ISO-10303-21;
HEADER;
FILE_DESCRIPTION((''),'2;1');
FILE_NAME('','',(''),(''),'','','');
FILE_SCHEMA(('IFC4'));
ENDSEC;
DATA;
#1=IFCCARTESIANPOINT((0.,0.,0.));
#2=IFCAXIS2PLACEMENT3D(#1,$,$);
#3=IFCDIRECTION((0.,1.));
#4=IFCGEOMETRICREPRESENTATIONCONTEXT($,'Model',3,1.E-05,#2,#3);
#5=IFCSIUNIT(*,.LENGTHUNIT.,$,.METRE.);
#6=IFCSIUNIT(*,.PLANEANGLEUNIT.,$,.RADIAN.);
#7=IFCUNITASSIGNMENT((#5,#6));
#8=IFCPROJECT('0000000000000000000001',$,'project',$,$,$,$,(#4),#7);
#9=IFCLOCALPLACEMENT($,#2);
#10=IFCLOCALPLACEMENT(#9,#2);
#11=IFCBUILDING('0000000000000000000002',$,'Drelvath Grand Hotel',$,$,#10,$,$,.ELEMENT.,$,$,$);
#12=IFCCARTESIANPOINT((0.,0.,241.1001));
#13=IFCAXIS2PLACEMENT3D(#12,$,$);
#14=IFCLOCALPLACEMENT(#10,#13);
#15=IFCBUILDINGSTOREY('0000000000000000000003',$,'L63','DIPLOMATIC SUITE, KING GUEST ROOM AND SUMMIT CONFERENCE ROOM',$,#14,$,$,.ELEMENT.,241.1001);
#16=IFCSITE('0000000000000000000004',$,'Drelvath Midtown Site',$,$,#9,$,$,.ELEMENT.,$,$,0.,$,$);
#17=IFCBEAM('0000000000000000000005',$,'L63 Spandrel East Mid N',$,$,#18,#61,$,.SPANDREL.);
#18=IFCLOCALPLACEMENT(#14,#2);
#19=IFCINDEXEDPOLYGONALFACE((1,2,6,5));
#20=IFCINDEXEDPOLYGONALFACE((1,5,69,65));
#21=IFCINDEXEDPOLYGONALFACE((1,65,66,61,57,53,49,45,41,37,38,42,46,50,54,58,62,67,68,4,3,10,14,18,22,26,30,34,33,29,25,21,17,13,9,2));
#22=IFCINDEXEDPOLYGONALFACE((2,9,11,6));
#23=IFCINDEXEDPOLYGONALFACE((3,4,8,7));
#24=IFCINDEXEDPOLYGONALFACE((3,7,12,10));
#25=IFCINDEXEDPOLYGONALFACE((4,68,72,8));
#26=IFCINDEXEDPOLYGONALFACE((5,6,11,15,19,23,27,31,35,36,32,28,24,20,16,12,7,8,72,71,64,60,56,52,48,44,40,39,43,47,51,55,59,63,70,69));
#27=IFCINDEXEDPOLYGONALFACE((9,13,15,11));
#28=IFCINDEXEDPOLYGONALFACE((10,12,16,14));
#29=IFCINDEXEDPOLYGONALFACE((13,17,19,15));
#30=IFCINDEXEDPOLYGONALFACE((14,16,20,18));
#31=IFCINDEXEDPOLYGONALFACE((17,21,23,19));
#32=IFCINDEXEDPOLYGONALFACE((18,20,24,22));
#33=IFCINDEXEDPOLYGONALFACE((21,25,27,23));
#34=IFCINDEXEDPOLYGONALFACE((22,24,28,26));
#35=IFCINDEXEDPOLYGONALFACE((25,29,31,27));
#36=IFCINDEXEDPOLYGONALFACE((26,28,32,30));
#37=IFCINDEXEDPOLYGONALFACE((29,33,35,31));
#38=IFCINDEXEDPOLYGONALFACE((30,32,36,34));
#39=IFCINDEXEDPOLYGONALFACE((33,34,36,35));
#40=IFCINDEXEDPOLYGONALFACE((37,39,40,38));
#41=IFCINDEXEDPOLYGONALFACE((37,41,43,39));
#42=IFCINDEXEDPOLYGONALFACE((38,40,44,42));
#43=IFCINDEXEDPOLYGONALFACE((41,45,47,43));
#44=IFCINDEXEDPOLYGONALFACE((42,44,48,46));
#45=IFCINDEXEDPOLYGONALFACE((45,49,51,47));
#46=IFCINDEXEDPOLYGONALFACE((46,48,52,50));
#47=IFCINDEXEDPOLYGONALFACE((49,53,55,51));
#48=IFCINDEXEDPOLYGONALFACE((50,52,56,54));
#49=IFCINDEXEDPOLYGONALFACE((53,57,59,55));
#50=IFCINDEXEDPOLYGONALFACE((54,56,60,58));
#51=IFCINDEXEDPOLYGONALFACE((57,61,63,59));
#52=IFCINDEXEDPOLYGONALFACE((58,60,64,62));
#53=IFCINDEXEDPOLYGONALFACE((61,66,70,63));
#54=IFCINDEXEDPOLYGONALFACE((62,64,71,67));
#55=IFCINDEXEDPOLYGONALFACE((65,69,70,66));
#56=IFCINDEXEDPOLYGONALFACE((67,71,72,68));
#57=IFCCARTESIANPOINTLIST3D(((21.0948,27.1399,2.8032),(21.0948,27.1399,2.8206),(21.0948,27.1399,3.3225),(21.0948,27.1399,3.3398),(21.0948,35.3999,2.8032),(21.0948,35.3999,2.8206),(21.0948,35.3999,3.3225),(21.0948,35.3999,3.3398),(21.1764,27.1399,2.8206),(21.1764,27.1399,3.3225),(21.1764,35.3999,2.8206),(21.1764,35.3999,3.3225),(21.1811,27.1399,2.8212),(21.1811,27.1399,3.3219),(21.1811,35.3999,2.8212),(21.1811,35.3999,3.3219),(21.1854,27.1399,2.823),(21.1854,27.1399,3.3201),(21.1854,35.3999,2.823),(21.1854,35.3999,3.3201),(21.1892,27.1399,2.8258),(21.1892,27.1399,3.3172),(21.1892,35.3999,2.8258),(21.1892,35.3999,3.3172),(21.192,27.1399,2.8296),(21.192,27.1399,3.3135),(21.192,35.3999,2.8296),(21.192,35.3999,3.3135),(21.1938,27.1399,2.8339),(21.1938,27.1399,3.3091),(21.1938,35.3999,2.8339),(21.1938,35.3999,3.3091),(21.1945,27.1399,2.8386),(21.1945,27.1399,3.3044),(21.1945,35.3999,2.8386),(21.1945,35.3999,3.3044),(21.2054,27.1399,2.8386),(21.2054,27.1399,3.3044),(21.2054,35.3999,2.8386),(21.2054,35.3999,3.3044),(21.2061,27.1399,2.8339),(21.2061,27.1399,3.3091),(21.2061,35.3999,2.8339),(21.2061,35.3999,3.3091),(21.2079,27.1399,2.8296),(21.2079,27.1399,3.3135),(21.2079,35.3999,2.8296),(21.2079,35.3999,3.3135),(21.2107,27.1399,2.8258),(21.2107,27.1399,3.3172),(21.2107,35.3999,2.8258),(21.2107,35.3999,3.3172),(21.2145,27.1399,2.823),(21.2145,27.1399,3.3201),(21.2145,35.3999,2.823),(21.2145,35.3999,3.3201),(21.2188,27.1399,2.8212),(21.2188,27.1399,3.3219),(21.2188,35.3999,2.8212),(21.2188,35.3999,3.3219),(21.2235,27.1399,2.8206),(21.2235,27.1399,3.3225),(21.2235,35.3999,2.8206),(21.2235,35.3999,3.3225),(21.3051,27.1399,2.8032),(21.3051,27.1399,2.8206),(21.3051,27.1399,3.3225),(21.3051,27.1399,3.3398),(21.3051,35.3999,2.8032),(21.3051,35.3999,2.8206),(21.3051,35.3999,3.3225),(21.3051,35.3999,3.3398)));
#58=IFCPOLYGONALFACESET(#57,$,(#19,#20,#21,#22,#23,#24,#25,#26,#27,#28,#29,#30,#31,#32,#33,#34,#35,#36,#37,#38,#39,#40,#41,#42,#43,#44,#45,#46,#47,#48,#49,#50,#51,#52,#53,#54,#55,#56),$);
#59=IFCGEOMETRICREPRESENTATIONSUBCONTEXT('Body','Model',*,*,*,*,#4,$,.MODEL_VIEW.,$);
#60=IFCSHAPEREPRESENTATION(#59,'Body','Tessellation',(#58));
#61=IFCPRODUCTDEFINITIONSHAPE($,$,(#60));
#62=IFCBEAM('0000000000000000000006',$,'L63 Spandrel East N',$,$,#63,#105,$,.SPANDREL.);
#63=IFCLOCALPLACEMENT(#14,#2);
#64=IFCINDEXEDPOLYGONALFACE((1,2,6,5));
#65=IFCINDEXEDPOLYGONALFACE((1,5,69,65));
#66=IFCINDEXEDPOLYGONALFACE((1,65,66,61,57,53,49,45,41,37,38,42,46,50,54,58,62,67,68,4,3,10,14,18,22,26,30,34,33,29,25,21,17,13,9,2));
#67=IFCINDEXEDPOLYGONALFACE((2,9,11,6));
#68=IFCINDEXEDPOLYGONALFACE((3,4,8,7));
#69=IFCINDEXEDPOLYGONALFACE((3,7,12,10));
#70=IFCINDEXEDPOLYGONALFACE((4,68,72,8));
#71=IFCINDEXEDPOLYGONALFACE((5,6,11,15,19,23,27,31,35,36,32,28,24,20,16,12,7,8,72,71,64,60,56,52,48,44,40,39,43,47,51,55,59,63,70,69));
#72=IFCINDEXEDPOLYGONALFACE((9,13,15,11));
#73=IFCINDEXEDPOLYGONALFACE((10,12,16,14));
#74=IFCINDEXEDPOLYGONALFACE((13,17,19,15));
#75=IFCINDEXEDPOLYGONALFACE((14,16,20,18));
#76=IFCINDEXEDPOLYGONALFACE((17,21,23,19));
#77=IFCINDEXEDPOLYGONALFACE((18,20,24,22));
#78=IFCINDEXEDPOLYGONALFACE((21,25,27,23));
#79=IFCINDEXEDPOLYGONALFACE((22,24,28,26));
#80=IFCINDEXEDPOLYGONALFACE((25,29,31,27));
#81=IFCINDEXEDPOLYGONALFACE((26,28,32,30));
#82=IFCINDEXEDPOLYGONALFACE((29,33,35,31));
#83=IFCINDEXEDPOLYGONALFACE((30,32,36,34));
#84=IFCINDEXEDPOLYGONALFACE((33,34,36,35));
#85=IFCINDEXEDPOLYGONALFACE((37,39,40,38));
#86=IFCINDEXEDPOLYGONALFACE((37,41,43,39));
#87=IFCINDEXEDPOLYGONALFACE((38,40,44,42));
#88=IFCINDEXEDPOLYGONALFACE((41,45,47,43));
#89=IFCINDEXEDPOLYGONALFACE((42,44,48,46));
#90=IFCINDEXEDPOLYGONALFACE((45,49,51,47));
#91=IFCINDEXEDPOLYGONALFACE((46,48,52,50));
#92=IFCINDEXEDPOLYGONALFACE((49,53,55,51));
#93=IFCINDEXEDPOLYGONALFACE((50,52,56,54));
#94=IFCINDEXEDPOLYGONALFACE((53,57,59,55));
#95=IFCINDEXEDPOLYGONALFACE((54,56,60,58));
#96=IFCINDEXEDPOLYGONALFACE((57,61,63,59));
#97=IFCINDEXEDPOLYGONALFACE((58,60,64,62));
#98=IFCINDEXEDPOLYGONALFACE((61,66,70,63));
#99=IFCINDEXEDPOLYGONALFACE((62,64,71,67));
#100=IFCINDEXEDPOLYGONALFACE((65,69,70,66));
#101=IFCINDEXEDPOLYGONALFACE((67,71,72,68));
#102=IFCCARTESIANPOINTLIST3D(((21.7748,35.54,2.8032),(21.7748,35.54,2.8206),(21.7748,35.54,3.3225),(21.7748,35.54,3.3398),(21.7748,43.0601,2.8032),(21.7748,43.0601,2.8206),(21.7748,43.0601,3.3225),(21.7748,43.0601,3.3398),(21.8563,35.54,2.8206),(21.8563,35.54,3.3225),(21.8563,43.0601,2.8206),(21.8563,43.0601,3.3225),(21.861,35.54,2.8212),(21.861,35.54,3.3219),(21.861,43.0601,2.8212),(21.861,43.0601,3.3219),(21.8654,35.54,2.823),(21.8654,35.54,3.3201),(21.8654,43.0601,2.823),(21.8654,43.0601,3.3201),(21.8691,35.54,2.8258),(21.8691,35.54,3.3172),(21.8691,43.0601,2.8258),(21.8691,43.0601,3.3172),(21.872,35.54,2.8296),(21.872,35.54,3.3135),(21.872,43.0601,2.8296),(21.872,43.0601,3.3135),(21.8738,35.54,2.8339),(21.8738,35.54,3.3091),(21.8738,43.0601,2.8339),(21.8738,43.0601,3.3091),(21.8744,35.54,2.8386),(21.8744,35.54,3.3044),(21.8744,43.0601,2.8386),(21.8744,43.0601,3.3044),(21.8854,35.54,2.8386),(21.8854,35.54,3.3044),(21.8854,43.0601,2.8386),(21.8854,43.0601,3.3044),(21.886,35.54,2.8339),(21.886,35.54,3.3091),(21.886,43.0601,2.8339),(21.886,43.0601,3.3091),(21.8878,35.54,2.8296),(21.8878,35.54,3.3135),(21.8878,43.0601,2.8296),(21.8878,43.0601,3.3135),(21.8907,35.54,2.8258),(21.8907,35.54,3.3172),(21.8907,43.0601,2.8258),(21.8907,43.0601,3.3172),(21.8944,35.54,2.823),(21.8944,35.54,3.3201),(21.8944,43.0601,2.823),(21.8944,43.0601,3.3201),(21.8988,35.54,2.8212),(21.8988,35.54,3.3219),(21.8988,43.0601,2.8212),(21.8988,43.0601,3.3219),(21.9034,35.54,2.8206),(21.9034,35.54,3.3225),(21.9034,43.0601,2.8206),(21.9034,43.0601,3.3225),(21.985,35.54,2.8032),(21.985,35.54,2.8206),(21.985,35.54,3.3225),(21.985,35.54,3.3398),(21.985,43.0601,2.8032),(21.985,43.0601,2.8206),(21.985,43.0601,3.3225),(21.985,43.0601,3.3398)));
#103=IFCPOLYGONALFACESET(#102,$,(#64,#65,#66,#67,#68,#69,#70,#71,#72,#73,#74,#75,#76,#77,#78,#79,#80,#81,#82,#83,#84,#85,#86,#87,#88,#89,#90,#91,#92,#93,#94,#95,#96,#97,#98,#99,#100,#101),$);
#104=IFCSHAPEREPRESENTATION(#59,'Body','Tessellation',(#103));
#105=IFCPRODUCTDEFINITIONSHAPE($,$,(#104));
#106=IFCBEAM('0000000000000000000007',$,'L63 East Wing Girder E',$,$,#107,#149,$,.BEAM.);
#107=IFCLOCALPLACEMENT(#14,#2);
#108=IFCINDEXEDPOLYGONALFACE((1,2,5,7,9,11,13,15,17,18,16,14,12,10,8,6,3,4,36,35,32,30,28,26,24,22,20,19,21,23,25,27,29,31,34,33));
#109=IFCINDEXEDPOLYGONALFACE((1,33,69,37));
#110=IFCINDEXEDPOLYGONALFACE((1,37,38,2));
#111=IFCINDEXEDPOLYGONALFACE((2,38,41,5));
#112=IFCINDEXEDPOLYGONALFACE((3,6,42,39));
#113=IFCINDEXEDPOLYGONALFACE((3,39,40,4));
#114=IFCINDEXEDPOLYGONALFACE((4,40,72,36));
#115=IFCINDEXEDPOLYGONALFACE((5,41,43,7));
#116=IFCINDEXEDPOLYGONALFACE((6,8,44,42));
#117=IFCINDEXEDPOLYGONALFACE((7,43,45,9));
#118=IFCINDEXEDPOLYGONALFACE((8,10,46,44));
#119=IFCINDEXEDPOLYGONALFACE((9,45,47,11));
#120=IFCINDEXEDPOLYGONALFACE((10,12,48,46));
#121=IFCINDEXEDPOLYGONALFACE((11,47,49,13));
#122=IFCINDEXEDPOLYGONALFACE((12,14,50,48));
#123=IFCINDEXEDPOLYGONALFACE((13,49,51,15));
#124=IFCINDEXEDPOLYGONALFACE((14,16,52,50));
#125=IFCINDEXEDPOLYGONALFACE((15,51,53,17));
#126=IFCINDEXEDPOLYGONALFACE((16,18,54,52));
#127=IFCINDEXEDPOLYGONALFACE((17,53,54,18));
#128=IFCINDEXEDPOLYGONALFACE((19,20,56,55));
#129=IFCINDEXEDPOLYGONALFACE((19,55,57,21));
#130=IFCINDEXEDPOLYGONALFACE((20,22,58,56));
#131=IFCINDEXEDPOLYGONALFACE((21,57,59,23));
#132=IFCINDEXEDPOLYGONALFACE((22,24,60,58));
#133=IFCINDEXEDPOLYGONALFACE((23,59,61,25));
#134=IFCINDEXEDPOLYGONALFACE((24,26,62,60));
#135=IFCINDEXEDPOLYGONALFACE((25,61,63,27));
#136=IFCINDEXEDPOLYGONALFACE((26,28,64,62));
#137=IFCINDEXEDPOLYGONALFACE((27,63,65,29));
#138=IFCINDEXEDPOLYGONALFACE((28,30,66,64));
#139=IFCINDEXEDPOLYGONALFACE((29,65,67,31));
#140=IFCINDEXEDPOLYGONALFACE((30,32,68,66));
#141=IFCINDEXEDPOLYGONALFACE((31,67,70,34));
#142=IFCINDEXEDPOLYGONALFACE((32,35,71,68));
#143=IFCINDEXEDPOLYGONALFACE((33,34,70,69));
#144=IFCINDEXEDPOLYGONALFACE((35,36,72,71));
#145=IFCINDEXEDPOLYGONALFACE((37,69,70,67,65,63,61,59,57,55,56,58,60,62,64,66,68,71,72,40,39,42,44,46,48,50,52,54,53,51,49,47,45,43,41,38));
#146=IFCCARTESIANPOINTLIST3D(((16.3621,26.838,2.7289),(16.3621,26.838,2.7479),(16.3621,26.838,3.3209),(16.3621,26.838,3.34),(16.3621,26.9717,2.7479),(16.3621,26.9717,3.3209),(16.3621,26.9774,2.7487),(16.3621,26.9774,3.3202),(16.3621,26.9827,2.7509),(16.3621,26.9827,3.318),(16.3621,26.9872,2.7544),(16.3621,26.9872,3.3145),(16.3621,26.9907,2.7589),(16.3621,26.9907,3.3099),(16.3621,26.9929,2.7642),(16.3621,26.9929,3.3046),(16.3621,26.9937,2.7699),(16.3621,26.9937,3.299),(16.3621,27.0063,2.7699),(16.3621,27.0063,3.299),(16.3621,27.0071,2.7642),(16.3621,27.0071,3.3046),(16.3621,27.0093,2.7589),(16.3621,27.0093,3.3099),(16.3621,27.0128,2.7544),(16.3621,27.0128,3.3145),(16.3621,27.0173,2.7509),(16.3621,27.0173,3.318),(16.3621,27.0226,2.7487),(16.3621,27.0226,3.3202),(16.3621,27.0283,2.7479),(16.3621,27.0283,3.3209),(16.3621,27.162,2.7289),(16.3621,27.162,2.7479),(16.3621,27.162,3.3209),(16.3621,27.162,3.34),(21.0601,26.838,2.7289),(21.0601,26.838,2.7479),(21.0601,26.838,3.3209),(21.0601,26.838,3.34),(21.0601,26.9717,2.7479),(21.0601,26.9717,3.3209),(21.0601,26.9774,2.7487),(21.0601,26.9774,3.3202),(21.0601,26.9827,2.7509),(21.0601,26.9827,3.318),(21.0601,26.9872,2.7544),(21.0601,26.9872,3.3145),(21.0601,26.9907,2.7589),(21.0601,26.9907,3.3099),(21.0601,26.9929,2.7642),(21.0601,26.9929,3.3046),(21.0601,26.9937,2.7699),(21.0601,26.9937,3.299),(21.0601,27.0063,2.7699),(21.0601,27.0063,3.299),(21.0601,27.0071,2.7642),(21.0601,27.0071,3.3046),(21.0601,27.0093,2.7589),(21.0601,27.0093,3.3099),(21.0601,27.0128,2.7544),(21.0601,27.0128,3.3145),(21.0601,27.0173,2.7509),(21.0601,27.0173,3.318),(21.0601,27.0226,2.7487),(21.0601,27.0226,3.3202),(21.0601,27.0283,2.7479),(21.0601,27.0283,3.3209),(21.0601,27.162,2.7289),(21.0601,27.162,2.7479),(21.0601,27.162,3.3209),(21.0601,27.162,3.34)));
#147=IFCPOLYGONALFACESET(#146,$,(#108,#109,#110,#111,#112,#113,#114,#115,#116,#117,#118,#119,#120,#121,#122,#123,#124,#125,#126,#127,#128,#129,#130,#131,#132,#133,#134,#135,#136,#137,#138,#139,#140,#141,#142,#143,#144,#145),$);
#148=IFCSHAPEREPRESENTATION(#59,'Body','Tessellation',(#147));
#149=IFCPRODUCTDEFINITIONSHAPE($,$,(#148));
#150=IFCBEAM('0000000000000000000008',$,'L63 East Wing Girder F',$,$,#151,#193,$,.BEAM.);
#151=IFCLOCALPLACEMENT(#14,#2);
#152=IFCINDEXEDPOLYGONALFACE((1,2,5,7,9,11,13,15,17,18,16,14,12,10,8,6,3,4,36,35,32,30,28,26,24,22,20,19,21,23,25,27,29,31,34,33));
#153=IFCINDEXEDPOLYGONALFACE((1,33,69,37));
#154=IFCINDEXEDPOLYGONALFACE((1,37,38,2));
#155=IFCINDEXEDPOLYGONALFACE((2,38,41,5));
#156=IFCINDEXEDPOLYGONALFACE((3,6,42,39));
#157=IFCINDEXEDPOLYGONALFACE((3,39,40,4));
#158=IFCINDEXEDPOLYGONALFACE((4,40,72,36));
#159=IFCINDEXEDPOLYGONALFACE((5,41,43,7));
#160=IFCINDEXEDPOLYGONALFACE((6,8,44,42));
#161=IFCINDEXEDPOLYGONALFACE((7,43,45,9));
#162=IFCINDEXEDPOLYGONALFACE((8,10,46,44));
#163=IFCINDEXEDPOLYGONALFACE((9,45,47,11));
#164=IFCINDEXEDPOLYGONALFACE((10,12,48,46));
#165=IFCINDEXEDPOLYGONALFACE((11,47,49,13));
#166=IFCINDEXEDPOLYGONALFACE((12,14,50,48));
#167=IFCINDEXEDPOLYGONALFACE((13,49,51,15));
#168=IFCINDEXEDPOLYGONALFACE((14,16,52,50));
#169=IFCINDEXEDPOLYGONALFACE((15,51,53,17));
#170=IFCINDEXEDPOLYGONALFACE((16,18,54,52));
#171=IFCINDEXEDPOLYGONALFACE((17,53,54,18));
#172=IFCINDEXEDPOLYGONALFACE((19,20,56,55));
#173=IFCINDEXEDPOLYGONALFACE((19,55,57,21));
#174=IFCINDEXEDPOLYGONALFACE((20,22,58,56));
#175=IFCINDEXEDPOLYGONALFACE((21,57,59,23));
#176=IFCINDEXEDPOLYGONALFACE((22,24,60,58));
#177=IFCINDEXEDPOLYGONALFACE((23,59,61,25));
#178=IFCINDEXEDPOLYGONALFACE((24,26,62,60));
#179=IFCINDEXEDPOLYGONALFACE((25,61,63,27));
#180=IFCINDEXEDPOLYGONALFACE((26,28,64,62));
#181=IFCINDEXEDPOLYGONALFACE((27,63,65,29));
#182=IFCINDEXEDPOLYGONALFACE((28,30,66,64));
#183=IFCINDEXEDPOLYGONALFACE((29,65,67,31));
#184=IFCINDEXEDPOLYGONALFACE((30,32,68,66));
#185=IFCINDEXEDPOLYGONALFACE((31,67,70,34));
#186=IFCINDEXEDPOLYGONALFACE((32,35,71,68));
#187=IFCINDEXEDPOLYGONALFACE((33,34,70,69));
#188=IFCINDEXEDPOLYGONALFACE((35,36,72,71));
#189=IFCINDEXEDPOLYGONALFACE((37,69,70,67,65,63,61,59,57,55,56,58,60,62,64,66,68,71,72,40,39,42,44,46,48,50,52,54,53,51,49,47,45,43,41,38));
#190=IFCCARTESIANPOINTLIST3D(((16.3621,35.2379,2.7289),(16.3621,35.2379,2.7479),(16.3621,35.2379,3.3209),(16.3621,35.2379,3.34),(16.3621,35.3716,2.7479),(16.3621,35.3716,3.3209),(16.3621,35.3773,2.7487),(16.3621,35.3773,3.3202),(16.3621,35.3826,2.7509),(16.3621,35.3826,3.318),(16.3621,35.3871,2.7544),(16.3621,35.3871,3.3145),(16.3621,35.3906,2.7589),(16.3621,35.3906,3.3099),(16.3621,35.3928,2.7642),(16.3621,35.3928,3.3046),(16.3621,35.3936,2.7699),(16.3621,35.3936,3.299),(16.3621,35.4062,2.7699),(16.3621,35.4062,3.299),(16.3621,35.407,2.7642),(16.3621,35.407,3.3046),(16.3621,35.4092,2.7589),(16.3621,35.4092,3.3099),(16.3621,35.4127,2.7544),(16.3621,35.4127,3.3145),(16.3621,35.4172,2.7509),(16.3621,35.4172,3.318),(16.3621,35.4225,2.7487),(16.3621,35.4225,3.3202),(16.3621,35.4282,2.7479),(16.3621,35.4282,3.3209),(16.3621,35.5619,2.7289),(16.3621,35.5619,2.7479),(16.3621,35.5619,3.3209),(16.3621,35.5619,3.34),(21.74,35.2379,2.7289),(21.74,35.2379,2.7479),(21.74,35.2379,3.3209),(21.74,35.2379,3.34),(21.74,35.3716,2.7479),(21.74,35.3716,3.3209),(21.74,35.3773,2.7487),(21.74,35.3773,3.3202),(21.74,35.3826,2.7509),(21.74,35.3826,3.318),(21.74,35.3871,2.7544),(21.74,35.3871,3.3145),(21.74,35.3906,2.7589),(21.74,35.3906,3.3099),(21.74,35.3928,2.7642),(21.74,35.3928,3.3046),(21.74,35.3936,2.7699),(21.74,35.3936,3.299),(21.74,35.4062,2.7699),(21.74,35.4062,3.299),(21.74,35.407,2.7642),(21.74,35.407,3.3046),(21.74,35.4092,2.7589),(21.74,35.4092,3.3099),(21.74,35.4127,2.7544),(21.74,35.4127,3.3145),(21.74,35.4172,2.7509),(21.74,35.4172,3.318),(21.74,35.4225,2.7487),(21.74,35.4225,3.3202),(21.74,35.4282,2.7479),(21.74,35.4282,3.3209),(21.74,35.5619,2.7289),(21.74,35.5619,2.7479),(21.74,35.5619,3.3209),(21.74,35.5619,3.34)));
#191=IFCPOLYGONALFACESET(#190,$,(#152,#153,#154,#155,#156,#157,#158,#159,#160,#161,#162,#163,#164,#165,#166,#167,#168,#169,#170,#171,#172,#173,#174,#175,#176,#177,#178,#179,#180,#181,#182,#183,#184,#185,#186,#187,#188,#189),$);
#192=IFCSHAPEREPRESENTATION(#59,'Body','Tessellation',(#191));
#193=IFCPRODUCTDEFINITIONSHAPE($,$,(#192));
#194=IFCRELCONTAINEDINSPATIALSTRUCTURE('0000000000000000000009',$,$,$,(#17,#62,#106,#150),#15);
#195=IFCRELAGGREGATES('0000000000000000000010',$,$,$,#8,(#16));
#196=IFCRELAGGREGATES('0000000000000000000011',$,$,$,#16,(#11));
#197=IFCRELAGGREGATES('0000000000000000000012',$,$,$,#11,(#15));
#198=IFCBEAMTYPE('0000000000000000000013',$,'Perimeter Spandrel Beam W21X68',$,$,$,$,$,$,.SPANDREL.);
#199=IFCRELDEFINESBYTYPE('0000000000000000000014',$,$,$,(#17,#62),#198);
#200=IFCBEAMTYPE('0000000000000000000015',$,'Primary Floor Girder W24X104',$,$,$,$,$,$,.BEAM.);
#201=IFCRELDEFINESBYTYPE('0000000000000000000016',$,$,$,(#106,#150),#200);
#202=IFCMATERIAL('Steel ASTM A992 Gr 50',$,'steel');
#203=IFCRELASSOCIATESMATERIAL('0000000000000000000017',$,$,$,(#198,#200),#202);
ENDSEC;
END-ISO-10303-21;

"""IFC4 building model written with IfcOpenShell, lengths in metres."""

from ifc_helpers import new_model, si_unit, direction, frame, origin, origin_2d, place, context, subcontext, project, spatial, i_section, extrude, material, material_profile, profile_set, type_object, element, save


model = new_model("IFC4")

# Units and contexts
model_context = context("Model", 3, precision=1e-05, world=origin(), true_north=direction((0.0, 1.0)))
body_context = subcontext(model_context, "Body", "Model", "MODEL_VIEW")
ifc_project = project(units=[si_unit("LENGTHUNIT", "METRE"), si_unit("PLANEANGLEUNIT", "RADIAN")], contexts=[model_context])

# Site, building, storey
site_placement = place(None, origin())
site = spatial("IfcSite", under=ifc_project, at=site_placement, Name="Drelvath Midtown Site", CompositionType="ELEMENT", RefElevation=0.0)
building_placement = place(site_placement, origin())
building = spatial("IfcBuilding", under=site, at=building_placement, Name="Drelvath Grand Hotel", CompositionType="ELEMENT")
storey_placement = place(building_placement, frame((0.0, 0.0, 241.1001)))
storey = spatial("IfcBuildingStorey", under=building, at=storey_placement, Name="L63", Description="DIPLOMATIC SUITE, KING GUEST ROOM AND SUMMIT CONFERENCE ROOM", CompositionType="ELEMENT", Elevation=241.1001)

# Beams
ifc_material_1 = material(Name="Steel ASTM A992 Gr 50", Category="steel")
ifc_material_profile_1 = material_profile(ifc_material_1, i_section(OverallWidth=0.2102, OverallDepth=0.5366, WebThickness=0.011, FlangeThickness=0.0173, FilletRadius=0.0181, at=origin_2d()), Name="W21X68")
ifc_profile_set_1 = profile_set([ifc_material_profile_1], Name="Steel ASTM A992 Gr 50")
beam_type_1 = type_object("IfcBeamType", Name="Perimeter Spandrel Beam W21X68", PredefinedType="SPANDREL", material=ifc_profile_set_1)
beam_1_placement = place(storey_placement, frame((21.2, 27.1399, 3.0715), z_axis=(0.0, 1.0, 0.0), x_axis=(-1.0, 0.0, 0.0)))
element("IfcBeam", 1, at=beam_1_placement, inside=storey, type_object=beam_type_1, Name="L63 Spandrel East Mid N", PredefinedType="SPANDREL", context=body_context, shape_type="SweptSolid", body=[
    extrude(i_section(OverallWidth=0.2102, OverallDepth=0.5366, WebThickness=0.011, FlangeThickness=0.0173, FilletRadius=0.0181, at=origin_2d()), origin(), (0.0, 0.0, 1.0), 8.26),
])
beam_2_placement = place(storey_placement, frame((21.8799, 35.54, 3.0715), z_axis=(0.0, 1.0, 0.0), x_axis=(-1.0, 0.0, 0.0)))
element("IfcBeam", 2, at=beam_2_placement, inside=storey, type_object=beam_type_1, Name="L63 Spandrel East N", PredefinedType="SPANDREL", context=body_context, shape_type="SweptSolid", body=[
    extrude(i_section(OverallWidth=0.2102, OverallDepth=0.5366, WebThickness=0.011, FlangeThickness=0.0173, FilletRadius=0.0181, at=origin_2d()), origin(), (0.0, 0.0, 1.0), 7.52),
])
ifc_material_profile_2 = material_profile(ifc_material_1, i_section(OverallWidth=0.324, OverallDepth=0.6111, WebThickness=0.0127, FlangeThickness=0.019, FilletRadius=0.022, at=origin_2d()), Name="W24X104")
ifc_profile_set_2 = profile_set([ifc_material_profile_2], Name="Steel ASTM A992 Gr 50")
beam_type_2 = type_object("IfcBeamType", Name="Primary Floor Girder W24X104", PredefinedType="BEAM", material=ifc_profile_set_2)
beam_3_placement = place(storey_placement, frame((16.3621, 27.0, 3.0344), z_axis=(1.0, 0.0, 0.0), x_axis=(0.0, 1.0, 0.0)))
element("IfcBeam", 3, at=beam_3_placement, inside=storey, type_object=beam_type_2, Name="L63 East Wing Girder E", PredefinedType="BEAM", context=body_context, shape_type="SweptSolid", body=[
    extrude(i_section(OverallWidth=0.324, OverallDepth=0.6111, WebThickness=0.0127, FlangeThickness=0.019, FilletRadius=0.022, at=origin_2d()), origin(), (0.0, 0.0, 1.0), 4.698),
])
beam_4_placement = place(storey_placement, frame((16.3621, 35.3999, 3.0344), z_axis=(1.0, 0.0, 0.0), x_axis=(0.0, 1.0, 0.0)))
element("IfcBeam", 4, at=beam_4_placement, inside=storey, type_object=beam_type_2, Name="L63 East Wing Girder F", PredefinedType="BEAM", context=body_context, shape_type="SweptSolid", body=[
    extrude(i_section(OverallWidth=0.324, OverallDepth=0.6111, WebThickness=0.0127, FlangeThickness=0.019, FilletRadius=0.022, at=origin_2d()), origin(), (0.0, 0.0, 1.0), 5.3779),
])

save(model, "model.ifc")
